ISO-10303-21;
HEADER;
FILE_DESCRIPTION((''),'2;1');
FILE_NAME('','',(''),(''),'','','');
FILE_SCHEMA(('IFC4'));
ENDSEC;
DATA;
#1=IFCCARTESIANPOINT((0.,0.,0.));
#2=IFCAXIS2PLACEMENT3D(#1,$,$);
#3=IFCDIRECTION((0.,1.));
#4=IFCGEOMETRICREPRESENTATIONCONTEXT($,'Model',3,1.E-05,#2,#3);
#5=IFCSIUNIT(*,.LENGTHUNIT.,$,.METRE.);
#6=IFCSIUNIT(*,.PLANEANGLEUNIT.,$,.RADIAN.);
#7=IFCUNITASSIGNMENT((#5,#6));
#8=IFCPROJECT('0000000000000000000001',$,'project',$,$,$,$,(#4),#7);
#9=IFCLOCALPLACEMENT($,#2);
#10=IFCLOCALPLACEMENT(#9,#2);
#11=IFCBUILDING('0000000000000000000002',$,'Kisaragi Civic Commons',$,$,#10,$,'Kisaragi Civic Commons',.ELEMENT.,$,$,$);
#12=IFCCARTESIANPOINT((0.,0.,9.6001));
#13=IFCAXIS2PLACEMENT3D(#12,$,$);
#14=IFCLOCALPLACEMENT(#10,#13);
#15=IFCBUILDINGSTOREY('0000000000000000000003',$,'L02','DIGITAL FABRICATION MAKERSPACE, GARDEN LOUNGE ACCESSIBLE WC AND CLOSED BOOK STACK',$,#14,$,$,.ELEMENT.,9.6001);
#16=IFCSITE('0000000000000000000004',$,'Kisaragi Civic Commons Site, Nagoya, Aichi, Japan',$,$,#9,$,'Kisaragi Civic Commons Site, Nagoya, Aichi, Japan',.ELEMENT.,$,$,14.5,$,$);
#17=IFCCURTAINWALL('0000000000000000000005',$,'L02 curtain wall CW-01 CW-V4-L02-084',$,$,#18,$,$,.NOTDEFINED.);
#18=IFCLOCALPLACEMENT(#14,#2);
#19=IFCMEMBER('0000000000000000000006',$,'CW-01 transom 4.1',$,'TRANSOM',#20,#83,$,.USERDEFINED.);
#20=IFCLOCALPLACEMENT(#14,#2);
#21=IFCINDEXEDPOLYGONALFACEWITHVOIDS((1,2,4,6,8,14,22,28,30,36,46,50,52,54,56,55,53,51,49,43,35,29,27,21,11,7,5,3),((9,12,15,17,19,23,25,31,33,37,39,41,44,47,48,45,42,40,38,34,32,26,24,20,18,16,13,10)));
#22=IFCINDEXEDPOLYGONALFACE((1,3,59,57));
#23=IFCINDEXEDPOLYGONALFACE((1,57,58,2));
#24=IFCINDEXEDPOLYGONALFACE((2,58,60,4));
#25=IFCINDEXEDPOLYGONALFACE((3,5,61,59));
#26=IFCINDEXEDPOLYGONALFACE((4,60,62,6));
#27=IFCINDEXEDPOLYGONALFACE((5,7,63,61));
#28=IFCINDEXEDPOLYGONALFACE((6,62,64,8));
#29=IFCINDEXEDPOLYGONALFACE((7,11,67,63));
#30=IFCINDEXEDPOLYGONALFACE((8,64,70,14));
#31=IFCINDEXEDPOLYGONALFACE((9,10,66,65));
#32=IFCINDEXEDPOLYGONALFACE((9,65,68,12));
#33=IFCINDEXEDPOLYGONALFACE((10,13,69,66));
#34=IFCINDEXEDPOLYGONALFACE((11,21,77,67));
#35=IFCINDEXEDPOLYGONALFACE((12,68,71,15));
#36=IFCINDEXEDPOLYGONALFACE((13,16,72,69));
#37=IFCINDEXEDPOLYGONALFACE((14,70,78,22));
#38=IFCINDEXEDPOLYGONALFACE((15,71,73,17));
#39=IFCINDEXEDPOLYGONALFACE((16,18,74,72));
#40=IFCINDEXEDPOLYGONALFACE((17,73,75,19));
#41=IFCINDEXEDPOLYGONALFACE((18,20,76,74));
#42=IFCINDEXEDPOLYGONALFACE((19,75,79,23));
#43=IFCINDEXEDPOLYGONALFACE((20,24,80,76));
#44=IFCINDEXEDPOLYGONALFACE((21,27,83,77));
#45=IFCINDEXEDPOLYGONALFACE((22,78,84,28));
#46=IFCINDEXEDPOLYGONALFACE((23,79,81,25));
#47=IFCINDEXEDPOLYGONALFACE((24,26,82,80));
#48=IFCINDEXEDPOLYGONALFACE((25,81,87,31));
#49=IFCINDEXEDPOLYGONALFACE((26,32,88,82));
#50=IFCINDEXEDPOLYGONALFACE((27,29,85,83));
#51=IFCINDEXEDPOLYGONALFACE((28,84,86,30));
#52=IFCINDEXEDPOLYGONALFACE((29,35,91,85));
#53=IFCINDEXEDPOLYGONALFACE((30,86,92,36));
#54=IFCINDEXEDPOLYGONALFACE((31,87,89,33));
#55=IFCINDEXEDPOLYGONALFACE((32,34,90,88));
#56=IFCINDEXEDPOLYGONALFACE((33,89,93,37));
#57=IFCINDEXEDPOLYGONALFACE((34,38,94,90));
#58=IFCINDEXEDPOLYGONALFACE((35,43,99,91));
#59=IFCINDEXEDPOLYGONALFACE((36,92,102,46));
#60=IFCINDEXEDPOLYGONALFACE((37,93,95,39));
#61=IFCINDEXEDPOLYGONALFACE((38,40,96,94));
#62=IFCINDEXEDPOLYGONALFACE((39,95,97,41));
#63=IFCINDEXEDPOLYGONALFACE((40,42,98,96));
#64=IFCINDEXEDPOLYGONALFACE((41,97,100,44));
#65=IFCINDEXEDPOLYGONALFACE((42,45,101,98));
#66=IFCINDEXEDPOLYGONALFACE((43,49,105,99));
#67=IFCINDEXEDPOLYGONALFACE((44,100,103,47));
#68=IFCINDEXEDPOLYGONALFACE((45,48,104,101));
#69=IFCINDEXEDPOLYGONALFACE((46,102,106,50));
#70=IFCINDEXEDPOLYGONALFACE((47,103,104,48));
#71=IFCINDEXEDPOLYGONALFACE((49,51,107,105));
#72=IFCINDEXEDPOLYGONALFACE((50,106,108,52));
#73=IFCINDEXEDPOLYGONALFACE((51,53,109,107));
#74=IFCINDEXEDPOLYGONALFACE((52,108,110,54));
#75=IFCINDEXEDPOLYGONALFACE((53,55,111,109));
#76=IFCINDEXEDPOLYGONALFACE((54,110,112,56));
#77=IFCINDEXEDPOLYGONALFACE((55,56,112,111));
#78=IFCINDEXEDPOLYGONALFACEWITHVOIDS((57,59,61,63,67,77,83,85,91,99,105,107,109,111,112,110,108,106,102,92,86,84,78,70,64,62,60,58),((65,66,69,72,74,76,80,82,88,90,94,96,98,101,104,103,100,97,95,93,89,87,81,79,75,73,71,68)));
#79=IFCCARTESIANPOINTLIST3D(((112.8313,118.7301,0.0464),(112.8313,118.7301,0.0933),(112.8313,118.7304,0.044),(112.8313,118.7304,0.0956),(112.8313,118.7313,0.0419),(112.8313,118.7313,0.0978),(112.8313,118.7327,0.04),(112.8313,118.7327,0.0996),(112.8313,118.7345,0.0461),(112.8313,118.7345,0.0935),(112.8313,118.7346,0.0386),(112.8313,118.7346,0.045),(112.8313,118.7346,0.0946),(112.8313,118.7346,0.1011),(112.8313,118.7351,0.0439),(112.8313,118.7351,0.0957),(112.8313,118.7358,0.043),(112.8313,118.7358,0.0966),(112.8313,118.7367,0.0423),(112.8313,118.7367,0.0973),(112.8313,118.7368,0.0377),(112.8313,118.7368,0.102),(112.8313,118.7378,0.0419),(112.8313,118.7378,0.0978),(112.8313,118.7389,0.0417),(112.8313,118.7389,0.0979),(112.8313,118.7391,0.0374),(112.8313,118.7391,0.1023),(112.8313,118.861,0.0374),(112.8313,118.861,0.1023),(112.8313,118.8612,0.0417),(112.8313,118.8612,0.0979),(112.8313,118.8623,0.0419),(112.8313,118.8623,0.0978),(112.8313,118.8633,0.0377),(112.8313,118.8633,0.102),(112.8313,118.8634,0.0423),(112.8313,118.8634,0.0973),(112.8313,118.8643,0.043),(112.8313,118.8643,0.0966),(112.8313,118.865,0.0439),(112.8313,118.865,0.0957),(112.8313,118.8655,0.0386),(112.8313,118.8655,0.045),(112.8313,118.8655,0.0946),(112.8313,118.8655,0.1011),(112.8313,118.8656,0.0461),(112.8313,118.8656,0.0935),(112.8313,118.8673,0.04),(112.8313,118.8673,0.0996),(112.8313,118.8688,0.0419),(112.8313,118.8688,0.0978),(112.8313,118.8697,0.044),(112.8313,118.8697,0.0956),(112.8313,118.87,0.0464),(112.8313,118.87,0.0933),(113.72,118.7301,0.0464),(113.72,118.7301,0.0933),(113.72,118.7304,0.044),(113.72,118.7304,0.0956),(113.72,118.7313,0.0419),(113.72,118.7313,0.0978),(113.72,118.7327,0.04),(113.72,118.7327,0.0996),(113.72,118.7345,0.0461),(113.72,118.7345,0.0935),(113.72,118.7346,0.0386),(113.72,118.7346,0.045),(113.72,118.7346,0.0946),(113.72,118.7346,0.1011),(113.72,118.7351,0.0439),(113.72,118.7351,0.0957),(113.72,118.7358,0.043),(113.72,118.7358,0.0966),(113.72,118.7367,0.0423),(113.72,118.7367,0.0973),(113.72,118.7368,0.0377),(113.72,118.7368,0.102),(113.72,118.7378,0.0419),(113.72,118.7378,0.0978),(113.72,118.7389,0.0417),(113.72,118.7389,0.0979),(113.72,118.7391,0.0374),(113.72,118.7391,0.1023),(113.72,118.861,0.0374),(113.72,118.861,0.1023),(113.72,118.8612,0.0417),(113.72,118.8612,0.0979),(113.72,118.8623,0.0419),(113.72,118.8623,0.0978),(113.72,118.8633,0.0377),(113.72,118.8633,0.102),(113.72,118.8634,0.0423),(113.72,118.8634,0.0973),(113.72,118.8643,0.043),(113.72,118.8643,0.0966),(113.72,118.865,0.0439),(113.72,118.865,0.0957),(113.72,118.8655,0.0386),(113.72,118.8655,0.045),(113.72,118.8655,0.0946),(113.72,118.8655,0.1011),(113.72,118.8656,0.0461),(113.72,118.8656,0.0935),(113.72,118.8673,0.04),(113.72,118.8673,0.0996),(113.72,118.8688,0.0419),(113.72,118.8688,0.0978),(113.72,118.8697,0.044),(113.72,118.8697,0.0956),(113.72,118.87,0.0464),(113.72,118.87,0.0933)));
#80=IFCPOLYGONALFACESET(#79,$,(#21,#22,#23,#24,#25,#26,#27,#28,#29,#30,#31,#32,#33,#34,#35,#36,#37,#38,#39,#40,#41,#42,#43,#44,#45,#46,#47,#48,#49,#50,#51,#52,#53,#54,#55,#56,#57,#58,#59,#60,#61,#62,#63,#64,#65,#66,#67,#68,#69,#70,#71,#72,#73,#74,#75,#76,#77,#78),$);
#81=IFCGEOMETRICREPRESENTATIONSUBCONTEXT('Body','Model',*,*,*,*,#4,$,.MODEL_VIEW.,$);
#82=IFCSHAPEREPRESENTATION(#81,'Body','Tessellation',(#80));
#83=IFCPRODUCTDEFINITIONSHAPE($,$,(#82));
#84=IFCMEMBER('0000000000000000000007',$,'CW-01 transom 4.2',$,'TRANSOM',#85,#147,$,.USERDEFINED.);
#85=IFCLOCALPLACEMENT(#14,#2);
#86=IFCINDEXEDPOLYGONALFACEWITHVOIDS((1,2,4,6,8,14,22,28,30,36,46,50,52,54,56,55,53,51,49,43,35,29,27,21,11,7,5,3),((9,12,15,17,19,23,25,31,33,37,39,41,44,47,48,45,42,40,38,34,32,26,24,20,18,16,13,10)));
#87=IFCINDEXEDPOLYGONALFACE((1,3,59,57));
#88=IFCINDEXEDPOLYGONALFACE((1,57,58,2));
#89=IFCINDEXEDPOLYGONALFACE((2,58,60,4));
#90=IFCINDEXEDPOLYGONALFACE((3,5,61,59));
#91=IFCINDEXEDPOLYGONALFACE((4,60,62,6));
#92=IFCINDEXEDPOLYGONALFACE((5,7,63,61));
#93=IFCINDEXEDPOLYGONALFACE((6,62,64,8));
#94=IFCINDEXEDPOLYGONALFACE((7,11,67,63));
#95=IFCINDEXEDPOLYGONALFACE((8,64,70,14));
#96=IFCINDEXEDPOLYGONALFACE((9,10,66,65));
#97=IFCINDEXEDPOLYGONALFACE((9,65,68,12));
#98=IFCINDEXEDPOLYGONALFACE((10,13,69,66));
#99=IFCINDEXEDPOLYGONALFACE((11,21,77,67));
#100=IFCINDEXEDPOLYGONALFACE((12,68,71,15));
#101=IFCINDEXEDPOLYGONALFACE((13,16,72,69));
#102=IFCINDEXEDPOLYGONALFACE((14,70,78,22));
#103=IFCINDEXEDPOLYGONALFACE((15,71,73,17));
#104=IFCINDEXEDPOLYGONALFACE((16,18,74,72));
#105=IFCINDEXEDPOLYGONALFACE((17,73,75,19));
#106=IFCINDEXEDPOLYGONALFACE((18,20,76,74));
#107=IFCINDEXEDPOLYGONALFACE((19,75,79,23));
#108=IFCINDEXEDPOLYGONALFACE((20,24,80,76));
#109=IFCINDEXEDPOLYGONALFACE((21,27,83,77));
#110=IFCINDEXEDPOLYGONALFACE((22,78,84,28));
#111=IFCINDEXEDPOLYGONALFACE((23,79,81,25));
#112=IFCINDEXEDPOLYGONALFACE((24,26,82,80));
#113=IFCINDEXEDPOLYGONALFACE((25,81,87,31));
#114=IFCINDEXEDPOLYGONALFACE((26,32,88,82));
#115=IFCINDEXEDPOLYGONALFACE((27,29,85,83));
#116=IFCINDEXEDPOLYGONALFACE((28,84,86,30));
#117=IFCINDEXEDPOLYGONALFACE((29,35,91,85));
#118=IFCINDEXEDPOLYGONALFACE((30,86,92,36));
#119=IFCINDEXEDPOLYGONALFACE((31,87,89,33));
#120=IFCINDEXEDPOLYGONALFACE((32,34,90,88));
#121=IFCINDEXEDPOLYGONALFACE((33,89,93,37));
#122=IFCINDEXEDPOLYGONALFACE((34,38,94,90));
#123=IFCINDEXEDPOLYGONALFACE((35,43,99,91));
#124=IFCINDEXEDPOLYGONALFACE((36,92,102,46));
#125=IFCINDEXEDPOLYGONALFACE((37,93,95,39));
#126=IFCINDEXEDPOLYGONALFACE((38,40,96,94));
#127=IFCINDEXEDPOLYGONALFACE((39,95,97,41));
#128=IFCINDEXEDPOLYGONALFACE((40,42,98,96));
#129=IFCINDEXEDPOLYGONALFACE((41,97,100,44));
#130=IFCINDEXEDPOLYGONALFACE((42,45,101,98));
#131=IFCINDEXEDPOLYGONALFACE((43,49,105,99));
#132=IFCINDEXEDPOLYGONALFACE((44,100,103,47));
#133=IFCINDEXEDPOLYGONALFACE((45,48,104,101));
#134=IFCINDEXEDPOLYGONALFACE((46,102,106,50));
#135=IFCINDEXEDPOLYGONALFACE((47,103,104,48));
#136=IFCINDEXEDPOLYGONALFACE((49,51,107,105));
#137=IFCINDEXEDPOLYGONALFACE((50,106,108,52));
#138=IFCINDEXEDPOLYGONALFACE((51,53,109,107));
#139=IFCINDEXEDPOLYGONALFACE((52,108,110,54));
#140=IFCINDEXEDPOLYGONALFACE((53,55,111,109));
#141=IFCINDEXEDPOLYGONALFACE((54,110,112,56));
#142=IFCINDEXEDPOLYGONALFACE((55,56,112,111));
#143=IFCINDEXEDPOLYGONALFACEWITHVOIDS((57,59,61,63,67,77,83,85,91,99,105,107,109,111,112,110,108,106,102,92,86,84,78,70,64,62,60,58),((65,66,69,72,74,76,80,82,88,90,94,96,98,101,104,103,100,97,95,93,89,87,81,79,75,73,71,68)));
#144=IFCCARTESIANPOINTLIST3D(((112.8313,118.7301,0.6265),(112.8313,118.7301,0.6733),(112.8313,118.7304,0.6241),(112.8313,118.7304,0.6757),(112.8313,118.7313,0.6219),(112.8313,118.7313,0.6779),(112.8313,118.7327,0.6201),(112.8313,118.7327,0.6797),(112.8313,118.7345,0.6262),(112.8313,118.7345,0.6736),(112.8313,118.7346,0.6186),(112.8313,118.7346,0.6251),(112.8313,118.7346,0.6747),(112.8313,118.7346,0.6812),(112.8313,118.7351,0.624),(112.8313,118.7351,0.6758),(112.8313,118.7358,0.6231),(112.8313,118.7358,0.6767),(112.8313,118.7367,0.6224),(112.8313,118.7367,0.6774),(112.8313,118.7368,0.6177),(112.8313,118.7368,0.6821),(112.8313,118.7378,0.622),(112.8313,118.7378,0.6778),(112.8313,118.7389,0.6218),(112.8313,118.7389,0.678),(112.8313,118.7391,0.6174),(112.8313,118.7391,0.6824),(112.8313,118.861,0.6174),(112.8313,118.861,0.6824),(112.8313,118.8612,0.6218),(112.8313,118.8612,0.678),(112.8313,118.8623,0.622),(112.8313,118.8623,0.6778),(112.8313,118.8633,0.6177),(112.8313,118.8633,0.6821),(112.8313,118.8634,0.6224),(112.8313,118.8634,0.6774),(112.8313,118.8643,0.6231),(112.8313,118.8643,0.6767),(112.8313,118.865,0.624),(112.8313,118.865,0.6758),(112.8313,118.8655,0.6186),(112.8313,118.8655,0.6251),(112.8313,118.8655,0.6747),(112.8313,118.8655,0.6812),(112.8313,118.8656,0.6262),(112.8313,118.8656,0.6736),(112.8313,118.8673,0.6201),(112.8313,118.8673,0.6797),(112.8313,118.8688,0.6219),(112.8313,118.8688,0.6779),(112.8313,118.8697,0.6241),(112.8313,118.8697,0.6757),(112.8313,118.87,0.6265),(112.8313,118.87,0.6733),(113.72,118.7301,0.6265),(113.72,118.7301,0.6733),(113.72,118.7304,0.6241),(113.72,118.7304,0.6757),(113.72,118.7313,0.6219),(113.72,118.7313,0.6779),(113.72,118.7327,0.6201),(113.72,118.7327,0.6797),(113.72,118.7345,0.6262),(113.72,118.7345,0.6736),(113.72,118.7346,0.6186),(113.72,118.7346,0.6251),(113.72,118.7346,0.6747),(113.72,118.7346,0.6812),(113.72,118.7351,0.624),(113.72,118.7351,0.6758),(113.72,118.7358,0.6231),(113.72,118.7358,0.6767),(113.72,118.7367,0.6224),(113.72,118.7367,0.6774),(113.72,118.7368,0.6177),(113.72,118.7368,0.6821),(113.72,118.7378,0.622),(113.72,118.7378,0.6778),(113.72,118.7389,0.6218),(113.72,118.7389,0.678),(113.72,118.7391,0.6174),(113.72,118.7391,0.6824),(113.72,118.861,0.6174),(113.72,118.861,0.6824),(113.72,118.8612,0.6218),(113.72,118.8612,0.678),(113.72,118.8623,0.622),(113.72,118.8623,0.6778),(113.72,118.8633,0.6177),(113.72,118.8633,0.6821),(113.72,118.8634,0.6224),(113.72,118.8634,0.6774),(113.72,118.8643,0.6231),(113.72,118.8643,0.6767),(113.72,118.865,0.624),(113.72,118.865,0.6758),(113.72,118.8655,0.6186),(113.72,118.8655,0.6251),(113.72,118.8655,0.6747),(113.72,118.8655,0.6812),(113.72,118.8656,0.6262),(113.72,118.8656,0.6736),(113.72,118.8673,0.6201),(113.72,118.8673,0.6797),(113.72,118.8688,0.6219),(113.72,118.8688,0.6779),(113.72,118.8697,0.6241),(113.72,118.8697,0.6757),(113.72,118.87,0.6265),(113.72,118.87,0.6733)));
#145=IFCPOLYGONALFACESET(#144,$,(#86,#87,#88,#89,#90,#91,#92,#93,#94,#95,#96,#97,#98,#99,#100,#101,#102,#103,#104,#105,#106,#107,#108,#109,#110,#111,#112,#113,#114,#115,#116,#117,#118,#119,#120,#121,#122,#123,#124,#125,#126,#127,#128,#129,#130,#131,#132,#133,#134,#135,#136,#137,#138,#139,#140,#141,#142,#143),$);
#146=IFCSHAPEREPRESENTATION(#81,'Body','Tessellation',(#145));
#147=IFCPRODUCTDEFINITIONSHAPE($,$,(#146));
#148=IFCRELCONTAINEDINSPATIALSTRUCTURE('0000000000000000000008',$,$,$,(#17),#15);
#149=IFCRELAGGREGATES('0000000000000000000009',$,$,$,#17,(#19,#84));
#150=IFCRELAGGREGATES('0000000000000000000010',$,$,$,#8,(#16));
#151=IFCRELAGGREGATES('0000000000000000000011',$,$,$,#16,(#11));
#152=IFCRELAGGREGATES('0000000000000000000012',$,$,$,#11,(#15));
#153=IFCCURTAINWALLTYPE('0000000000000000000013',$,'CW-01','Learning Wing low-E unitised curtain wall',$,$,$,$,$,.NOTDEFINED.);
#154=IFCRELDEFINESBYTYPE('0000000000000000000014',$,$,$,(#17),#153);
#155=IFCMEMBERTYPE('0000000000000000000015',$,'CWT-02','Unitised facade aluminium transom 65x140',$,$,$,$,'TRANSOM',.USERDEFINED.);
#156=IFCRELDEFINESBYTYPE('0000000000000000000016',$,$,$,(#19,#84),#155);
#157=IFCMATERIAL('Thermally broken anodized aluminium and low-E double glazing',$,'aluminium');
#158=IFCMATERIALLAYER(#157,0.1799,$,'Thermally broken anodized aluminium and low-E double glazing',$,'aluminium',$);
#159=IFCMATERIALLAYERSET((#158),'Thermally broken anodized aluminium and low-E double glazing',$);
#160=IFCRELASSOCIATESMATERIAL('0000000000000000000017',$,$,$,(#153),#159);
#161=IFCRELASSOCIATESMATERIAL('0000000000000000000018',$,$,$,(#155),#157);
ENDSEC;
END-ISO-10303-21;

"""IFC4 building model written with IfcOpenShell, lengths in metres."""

from ifc_helpers import new_model, si_unit, direction, frame, origin, origin_2d, place, context, subcontext, project, spatial, hollow_rectangle, extrude, material, layer, layer_set, material_profile, profile_set, type_object, element, aggregate, save


model = new_model("IFC4")

# Units and contexts
model_context = context("Model", 3, precision=1e-05, world=origin(), true_north=direction((0.0, 1.0)))
body_context = subcontext(model_context, "Body", "Model", "MODEL_VIEW")
ifc_project = project(units=[si_unit("LENGTHUNIT", "METRE"), si_unit("PLANEANGLEUNIT", "RADIAN")], contexts=[model_context])

# Site, building, storey
site_placement = place(None, origin())
site = spatial("IfcSite", under=ifc_project, at=site_placement, Name="Kisaragi Civic Commons Site, Nagoya, Aichi, Japan", LongName="Kisaragi Civic Commons Site, Nagoya, Aichi, Japan", CompositionType="ELEMENT", RefElevation=14.5)
building_placement = place(site_placement, origin())
building = spatial("IfcBuilding", under=site, at=building_placement, Name="Kisaragi Civic Commons", LongName="Kisaragi Civic Commons", CompositionType="ELEMENT")
storey_placement = place(building_placement, frame((0.0, 0.0, 9.6001)))
storey = spatial("IfcBuildingStorey", under=building, at=storey_placement, Name="L02", Description="DIGITAL FABRICATION MAKERSPACE, GARDEN LOUNGE ACCESSIBLE WC AND CLOSED BOOK STACK", CompositionType="ELEMENT", Elevation=9.6001)

# Curtain wall, members
ifc_material_1 = material(Name="Thermally broken anodized aluminium and low-E double glazing", Category="aluminium")
ifc_layer_1 = layer(ifc_material_1, 0.1799, Name="Thermally broken anodized aluminium and low-E double glazing", Category="aluminium")
ifc_layer_set_1 = layer_set([ifc_layer_1], Name="Thermally broken anodized aluminium and low-E double glazing")
curtain_wall_type = type_object("IfcCurtainWallType", Name="CW-01", Description="Learning Wing low-E unitised curtain wall", PredefinedType="NOTDEFINED", material=ifc_layer_set_1)
curtain_wall_placement = place(storey_placement, origin())
curtain_wall = element("IfcCurtainWall", 1, at=curtain_wall_placement, inside=storey, type_object=curtain_wall_type, Name="L02 curtain wall CW-01 CW-V4-L02-084", PredefinedType="NOTDEFINED")
ifc_material_profile_1 = material_profile(ifc_material_1, hollow_rectangle(XDim=0.1399, YDim=0.0649, WallThickness=0.0044, InnerFilletRadius=0.0044, OuterFilletRadius=0.009, at=origin_2d()), Name="CWT-65x140x4.5", Category="aluminium")
ifc_profile_set_1 = profile_set([ifc_material_profile_1], Name="Thermally broken anodized aluminium and low-E double glazing")
member_type_1 = type_object("IfcMemberType", Name="CWT-02", Description="Unitised facade aluminium transom 65x140", ElementType="TRANSOM", PredefinedType="USERDEFINED", material=ifc_profile_set_1)
member_1_placement = place(storey_placement, frame((112.8313, 118.8, 0.0698), z_axis=(1.0, 0.0, 0.0), x_axis=(0.0, 1.0, 0.0)))
member_1 = element("IfcMember", 2, at=member_1_placement, type_object=member_type_1, Name="CW-01 transom 4.1", ObjectType="TRANSOM", PredefinedType="USERDEFINED", context=body_context, shape_type="SweptSolid", body=[
    extrude(hollow_rectangle(XDim=0.1399, YDim=0.0649, WallThickness=0.0044, InnerFilletRadius=0.0044, OuterFilletRadius=0.009, at=origin_2d()), origin(), (0.0, 0.0, 1.0), 0.8887),
])
member_2_placement = place(storey_placement, frame((112.8313, 118.8, 0.6499), z_axis=(1.0, 0.0, 0.0), x_axis=(0.0, 1.0, 0.0)))
member_2 = element("IfcMember", 3, at=member_2_placement, type_object=member_type_1, Name="CW-01 transom 4.2", ObjectType="TRANSOM", PredefinedType="USERDEFINED", context=body_context, shape_type="SweptSolid", body=[
    extrude(hollow_rectangle(XDim=0.1399, YDim=0.0649, WallThickness=0.0044, InnerFilletRadius=0.0044, OuterFilletRadius=0.009, at=origin_2d()), origin(), (0.0, 0.0, 1.0), 0.8887),
])
aggregate(curtain_wall, [member_1, member_2])

save(model, "model.ifc")
